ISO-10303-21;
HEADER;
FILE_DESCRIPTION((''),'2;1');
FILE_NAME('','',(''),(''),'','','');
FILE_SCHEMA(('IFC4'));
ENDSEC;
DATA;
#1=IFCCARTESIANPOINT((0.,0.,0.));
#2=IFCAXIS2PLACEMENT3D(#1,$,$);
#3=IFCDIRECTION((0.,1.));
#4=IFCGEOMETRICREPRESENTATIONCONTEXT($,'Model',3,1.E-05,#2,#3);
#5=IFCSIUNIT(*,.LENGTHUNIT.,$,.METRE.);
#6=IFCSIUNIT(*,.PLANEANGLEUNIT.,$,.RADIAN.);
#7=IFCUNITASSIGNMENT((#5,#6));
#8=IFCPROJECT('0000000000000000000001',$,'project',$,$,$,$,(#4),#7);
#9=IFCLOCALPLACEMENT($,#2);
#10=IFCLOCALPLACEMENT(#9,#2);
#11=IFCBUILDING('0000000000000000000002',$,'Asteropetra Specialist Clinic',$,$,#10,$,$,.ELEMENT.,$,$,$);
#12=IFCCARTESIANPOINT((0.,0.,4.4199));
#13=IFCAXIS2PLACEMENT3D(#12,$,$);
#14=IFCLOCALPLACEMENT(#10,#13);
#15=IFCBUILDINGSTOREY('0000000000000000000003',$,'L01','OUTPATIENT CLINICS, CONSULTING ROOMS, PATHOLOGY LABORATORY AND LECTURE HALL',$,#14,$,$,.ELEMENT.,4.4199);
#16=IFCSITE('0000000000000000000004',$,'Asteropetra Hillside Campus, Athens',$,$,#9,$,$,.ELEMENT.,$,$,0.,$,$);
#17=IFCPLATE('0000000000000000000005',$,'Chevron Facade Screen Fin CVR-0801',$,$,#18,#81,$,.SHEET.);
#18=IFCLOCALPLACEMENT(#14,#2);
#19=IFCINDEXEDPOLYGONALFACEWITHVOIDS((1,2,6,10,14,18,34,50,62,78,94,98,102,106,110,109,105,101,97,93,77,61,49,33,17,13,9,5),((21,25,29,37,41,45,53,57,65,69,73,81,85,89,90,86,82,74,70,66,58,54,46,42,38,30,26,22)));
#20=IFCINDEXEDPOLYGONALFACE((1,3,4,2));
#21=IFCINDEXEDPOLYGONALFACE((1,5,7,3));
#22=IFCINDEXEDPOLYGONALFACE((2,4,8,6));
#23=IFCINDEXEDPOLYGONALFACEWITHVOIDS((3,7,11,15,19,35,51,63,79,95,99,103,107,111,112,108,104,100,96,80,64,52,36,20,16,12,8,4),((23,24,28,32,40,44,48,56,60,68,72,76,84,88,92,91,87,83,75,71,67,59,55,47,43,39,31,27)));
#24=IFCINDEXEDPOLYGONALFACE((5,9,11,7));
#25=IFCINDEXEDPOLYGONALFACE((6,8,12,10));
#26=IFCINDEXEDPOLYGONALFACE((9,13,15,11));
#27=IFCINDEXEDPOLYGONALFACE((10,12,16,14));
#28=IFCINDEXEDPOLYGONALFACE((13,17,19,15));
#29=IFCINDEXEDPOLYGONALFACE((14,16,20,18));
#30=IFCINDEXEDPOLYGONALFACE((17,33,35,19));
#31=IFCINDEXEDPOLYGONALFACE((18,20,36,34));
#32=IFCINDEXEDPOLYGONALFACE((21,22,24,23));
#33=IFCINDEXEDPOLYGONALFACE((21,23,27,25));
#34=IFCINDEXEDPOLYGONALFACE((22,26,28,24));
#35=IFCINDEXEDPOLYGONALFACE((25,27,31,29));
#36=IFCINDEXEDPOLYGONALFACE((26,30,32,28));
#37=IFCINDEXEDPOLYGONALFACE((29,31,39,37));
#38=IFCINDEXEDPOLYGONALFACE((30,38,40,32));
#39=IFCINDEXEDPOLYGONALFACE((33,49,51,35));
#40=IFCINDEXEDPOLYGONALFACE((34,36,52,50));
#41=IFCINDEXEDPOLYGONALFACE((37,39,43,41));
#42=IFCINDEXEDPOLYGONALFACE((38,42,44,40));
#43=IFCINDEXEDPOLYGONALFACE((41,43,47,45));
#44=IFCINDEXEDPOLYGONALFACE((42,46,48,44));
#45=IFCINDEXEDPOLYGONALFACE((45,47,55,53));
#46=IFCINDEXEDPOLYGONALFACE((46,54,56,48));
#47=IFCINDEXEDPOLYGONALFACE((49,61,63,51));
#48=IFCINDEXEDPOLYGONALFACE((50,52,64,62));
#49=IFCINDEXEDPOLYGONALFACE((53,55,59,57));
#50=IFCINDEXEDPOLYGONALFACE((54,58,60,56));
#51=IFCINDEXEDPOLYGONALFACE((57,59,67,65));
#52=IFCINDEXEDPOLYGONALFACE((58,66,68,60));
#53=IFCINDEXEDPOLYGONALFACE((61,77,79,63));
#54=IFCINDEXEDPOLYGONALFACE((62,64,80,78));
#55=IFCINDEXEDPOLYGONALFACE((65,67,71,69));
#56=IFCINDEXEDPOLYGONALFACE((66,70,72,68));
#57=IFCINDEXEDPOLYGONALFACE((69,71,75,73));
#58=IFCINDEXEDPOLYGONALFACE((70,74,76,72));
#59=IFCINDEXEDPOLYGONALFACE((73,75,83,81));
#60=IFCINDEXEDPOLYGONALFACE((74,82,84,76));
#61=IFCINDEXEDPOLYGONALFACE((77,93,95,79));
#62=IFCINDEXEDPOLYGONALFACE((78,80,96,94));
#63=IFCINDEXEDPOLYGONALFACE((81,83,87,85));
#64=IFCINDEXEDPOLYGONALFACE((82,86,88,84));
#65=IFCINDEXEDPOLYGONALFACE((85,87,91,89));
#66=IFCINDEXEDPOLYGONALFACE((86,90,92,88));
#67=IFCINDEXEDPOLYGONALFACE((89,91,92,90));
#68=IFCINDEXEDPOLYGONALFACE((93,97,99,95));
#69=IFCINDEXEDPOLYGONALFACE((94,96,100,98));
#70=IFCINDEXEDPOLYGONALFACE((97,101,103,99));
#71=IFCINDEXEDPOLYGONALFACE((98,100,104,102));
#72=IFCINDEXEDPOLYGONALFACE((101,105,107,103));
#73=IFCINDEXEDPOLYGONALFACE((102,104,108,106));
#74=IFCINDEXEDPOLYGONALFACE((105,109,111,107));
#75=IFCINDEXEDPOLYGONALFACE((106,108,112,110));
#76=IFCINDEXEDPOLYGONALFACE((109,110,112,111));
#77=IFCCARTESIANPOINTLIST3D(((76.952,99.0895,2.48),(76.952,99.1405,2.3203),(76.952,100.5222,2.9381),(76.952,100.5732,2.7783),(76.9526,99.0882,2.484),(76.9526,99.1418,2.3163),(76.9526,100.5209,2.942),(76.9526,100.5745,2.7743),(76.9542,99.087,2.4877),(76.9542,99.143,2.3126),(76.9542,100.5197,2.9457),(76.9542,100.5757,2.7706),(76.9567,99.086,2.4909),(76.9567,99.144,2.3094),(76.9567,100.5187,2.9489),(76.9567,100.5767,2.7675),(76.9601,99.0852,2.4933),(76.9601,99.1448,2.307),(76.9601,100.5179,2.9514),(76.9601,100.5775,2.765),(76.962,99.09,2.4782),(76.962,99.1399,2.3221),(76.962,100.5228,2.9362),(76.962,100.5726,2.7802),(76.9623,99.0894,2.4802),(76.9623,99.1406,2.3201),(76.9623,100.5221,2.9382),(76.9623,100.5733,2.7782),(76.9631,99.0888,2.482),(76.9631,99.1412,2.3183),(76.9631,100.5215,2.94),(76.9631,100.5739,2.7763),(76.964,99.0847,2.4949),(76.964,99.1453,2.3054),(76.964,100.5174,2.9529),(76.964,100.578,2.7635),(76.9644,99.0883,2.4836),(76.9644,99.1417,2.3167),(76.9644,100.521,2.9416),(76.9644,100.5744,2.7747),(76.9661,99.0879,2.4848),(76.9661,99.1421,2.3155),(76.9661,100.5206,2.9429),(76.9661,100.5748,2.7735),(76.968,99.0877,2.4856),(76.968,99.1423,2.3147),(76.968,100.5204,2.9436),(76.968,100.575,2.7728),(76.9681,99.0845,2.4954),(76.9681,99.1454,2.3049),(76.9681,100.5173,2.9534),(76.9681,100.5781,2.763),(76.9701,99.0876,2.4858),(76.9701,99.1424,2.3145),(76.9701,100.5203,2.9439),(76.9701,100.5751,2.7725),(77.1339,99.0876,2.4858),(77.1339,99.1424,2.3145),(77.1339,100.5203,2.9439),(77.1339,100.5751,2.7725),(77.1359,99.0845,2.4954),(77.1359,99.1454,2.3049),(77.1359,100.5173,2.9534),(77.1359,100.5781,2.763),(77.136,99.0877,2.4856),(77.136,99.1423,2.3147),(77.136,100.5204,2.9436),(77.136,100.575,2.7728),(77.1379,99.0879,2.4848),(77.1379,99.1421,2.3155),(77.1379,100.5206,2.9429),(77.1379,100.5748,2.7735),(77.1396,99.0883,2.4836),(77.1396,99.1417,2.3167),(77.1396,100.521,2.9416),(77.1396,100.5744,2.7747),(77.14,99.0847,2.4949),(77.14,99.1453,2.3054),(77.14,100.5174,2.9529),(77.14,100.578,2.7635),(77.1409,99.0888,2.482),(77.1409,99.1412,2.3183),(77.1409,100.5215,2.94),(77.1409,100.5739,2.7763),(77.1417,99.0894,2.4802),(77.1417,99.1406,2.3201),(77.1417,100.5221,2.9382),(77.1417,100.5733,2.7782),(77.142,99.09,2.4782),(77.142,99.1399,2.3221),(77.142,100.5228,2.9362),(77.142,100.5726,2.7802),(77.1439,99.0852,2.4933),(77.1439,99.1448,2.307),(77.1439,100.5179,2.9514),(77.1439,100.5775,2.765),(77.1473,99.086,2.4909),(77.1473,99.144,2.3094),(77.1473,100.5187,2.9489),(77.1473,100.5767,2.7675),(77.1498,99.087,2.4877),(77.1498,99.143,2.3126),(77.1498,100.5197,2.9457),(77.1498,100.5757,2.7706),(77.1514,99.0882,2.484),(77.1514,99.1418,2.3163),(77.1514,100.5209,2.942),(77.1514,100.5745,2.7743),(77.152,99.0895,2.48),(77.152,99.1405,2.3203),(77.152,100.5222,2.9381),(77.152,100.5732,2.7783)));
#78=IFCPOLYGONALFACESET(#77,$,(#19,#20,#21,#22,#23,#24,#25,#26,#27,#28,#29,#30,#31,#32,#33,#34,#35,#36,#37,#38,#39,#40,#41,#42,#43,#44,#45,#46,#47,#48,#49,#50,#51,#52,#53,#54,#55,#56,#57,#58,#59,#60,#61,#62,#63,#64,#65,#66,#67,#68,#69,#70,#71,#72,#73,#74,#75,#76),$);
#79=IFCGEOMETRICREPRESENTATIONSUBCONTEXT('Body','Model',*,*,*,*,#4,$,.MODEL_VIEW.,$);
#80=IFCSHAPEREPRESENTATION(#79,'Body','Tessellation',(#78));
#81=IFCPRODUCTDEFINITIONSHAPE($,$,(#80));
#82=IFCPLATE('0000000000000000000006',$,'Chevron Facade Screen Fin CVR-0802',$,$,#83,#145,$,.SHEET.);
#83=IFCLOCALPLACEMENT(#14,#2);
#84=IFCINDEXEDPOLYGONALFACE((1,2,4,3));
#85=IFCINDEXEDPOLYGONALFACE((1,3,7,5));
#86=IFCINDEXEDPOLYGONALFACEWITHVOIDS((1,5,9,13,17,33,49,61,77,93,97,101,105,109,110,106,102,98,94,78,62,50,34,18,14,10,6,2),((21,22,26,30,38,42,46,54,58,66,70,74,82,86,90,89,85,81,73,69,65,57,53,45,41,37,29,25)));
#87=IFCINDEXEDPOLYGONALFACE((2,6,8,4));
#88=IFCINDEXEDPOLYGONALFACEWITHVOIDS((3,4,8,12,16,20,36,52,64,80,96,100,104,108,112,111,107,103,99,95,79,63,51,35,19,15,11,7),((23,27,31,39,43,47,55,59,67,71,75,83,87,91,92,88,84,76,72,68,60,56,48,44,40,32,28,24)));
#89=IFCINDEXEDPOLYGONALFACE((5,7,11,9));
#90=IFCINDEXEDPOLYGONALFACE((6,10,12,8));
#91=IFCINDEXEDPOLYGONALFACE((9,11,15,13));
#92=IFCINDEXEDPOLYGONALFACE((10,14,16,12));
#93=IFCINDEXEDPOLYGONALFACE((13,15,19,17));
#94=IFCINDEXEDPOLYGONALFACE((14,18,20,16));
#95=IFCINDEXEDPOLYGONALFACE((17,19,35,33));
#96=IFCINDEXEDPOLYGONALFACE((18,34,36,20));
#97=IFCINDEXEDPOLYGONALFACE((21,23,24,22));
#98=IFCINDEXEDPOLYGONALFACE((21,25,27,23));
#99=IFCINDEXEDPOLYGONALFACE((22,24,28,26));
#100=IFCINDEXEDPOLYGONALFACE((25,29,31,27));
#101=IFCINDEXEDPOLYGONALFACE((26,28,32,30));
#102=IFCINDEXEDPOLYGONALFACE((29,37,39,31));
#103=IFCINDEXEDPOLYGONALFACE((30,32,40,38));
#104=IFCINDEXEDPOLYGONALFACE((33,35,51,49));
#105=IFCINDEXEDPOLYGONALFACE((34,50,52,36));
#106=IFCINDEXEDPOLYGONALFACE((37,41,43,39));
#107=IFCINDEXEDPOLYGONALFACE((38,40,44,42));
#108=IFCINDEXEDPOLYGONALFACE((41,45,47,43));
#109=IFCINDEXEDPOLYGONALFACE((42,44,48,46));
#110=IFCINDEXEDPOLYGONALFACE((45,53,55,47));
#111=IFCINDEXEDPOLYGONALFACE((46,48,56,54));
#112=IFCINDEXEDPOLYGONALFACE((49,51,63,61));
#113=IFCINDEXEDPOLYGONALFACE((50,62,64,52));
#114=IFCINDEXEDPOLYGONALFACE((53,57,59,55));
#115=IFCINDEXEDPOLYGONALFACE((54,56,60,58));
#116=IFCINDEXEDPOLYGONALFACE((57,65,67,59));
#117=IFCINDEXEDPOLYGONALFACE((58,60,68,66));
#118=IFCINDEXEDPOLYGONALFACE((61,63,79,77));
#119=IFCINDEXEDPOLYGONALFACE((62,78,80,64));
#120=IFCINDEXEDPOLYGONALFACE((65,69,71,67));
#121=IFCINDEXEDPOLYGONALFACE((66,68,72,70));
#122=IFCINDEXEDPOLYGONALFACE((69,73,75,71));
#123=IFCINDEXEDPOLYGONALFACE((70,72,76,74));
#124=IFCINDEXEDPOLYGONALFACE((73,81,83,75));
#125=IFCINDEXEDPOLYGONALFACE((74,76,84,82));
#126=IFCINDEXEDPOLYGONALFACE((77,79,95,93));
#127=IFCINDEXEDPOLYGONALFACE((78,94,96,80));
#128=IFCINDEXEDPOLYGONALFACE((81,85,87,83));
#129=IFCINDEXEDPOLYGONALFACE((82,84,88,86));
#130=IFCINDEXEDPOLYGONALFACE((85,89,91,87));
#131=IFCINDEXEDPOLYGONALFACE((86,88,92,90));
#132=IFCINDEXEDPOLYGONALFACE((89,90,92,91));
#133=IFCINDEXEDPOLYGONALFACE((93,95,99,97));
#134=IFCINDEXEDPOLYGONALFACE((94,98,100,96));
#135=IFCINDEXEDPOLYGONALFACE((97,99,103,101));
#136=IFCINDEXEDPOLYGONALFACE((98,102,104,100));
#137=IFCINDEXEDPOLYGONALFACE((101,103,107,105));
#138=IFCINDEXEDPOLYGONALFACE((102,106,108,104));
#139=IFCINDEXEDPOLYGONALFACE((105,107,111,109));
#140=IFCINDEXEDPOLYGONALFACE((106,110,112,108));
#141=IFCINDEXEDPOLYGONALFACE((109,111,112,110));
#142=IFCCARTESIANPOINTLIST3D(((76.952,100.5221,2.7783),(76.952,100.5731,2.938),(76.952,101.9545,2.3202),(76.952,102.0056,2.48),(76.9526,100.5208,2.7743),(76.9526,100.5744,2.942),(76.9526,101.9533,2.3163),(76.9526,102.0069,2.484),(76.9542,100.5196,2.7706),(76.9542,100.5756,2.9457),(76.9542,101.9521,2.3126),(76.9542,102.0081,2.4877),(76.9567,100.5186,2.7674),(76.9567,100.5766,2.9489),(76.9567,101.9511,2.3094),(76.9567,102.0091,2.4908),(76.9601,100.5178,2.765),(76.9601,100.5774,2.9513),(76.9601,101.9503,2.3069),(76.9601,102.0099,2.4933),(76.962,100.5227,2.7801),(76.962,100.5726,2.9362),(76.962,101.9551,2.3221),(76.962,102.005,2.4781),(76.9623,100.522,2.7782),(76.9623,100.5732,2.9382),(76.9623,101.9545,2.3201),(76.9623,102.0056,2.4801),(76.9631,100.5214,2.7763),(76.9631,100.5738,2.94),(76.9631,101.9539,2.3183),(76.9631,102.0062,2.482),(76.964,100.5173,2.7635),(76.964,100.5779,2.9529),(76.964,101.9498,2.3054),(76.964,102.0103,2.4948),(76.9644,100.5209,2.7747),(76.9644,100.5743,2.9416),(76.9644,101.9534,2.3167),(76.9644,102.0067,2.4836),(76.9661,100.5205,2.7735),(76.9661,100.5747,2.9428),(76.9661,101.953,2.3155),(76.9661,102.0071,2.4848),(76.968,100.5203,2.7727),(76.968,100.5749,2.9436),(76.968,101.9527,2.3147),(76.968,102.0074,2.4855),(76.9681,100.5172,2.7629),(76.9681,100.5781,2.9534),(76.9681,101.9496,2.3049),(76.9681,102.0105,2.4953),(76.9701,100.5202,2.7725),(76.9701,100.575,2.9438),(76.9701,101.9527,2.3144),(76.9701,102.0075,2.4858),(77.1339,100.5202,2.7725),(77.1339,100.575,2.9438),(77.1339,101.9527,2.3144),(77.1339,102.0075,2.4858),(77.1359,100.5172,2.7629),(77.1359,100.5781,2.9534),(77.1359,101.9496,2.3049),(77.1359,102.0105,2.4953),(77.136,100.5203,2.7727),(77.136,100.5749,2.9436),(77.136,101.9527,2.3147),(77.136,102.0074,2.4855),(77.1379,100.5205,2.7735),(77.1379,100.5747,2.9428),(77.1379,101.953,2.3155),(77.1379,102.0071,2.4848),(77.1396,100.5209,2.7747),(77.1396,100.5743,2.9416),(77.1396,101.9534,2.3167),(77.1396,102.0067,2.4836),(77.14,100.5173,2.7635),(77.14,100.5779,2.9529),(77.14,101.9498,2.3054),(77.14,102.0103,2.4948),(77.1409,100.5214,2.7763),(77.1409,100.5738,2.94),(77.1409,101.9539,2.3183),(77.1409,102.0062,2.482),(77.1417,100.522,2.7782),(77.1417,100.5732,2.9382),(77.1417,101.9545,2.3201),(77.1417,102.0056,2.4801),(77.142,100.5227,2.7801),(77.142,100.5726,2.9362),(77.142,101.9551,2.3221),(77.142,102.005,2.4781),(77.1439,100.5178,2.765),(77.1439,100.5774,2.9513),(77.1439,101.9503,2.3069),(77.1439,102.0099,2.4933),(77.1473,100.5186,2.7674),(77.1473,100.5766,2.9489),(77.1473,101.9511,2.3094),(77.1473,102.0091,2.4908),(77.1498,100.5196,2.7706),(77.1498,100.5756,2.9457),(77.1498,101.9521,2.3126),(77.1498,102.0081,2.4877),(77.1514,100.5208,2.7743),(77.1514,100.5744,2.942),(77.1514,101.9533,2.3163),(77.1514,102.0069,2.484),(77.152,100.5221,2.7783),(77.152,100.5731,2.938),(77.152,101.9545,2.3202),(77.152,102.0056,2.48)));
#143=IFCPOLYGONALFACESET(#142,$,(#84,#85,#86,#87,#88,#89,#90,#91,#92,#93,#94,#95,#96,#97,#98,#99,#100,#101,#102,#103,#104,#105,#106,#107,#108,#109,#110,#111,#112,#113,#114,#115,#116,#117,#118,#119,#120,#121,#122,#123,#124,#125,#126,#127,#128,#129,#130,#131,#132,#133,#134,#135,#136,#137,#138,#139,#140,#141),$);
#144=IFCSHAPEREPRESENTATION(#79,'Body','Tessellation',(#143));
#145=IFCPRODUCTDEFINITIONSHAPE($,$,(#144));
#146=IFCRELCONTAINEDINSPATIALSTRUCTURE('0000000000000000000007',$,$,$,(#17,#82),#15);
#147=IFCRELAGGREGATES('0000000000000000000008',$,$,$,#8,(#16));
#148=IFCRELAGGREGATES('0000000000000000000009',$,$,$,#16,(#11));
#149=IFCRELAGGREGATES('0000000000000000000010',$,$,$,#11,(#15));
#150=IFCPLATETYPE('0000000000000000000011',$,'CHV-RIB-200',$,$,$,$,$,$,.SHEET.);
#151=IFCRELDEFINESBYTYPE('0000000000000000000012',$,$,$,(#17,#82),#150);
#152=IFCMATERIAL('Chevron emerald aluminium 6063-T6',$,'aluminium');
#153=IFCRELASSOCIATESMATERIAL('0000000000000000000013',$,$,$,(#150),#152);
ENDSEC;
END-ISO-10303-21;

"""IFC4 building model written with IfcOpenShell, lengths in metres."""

from ifc_helpers import new_model, si_unit, direction, frame, origin, origin_2d, place, context, subcontext, project, spatial, hollow_rectangle, extrude, material, material_profile, profile_set, type_object, element, save


model = new_model("IFC4")

# Units and contexts
model_context = context("Model", 3, precision=1e-05, world=origin(), true_north=direction((0.0, 1.0)))
body_context = subcontext(model_context, "Body", "Model", "MODEL_VIEW")
ifc_project = project(units=[si_unit("LENGTHUNIT", "METRE"), si_unit("PLANEANGLEUNIT", "RADIAN")], contexts=[model_context])

# Site, building, storey
site_placement = place(None, origin())
site = spatial("IfcSite", under=ifc_project, at=site_placement, Name="Asteropetra Hillside Campus, Athens", CompositionType="ELEMENT", RefElevation=0.0)
building_placement = place(site_placement, origin())
building = spatial("IfcBuilding", under=site, at=building_placement, Name="Asteropetra Specialist Clinic", CompositionType="ELEMENT")
storey_placement = place(building_placement, frame((0.0, 0.0, 4.4199)))
storey = spatial("IfcBuildingStorey", under=building, at=storey_placement, Name="L01", Description="OUTPATIENT CLINICS, CONSULTING ROOMS, PATHOLOGY LABORATORY AND LECTURE HALL", CompositionType="ELEMENT", Elevation=4.4199)

# Plates
ifc_material_1 = material(Name="Chevron emerald aluminium 6063-T6", Category="aluminium")
ifc_material_profile = material_profile(ifc_material_1, hollow_rectangle(XDim=0.2, YDim=0.2, WallThickness=0.01, InnerFilletRadius=0.0081, OuterFilletRadius=0.0161, at=origin_2d()), Name="SHS 200x200x10.0")
ifc_profile_set = profile_set([ifc_material_profile], Name="Chevron emerald aluminium 6063-T6")
plate_type_1 = type_object("IfcPlateType", Name="CHV-RIB-200", PredefinedType="SHEET", material=ifc_profile_set)
plate_1_placement = place(storey_placement, frame((77.052, 99.115, 2.4001), z_axis=(0.0, 0.952507, 0.304517), x_axis=(-1.0, 0.0, 0.0)))
element("IfcPlate", 1, at=plate_1_placement, inside=storey, type_object=plate_type_1, Name="Chevron Facade Screen Fin CVR-0801", PredefinedType="SHEET", context=body_context, shape_type="SweptSolid", body=[
    extrude(hollow_rectangle(XDim=0.2, YDim=0.2, WallThickness=0.01, InnerFilletRadius=0.0081, OuterFilletRadius=0.0161, at=origin_2d()), origin(), (0.0, 0.0, 1.0), 1.5042),
])
for number, where, z_axis, x_axis, name in (
    (2, (77.052, 100.5476, 2.8582), (0.0, 0.952492, -0.304564), (-1.0, 0.0, 0.0), "Chevron Facade Screen Fin CVR-0802"),
):
    element("IfcPlate", number, at=place(storey_placement, frame(where, z_axis=z_axis, x_axis=x_axis)), inside=storey, type_object=plate_type_1, Name=name, PredefinedType="SHEET", context=body_context, shape_type="SweptSolid", body=[
        extrude(hollow_rectangle(XDim=0.2, YDim=0.2, WallThickness=0.01, InnerFilletRadius=0.0081, OuterFilletRadius=0.0161, at=origin_2d()), origin(), (0.0, 0.0, 1.0), 1.5039),
    ])

save(model, "model.ifc")
